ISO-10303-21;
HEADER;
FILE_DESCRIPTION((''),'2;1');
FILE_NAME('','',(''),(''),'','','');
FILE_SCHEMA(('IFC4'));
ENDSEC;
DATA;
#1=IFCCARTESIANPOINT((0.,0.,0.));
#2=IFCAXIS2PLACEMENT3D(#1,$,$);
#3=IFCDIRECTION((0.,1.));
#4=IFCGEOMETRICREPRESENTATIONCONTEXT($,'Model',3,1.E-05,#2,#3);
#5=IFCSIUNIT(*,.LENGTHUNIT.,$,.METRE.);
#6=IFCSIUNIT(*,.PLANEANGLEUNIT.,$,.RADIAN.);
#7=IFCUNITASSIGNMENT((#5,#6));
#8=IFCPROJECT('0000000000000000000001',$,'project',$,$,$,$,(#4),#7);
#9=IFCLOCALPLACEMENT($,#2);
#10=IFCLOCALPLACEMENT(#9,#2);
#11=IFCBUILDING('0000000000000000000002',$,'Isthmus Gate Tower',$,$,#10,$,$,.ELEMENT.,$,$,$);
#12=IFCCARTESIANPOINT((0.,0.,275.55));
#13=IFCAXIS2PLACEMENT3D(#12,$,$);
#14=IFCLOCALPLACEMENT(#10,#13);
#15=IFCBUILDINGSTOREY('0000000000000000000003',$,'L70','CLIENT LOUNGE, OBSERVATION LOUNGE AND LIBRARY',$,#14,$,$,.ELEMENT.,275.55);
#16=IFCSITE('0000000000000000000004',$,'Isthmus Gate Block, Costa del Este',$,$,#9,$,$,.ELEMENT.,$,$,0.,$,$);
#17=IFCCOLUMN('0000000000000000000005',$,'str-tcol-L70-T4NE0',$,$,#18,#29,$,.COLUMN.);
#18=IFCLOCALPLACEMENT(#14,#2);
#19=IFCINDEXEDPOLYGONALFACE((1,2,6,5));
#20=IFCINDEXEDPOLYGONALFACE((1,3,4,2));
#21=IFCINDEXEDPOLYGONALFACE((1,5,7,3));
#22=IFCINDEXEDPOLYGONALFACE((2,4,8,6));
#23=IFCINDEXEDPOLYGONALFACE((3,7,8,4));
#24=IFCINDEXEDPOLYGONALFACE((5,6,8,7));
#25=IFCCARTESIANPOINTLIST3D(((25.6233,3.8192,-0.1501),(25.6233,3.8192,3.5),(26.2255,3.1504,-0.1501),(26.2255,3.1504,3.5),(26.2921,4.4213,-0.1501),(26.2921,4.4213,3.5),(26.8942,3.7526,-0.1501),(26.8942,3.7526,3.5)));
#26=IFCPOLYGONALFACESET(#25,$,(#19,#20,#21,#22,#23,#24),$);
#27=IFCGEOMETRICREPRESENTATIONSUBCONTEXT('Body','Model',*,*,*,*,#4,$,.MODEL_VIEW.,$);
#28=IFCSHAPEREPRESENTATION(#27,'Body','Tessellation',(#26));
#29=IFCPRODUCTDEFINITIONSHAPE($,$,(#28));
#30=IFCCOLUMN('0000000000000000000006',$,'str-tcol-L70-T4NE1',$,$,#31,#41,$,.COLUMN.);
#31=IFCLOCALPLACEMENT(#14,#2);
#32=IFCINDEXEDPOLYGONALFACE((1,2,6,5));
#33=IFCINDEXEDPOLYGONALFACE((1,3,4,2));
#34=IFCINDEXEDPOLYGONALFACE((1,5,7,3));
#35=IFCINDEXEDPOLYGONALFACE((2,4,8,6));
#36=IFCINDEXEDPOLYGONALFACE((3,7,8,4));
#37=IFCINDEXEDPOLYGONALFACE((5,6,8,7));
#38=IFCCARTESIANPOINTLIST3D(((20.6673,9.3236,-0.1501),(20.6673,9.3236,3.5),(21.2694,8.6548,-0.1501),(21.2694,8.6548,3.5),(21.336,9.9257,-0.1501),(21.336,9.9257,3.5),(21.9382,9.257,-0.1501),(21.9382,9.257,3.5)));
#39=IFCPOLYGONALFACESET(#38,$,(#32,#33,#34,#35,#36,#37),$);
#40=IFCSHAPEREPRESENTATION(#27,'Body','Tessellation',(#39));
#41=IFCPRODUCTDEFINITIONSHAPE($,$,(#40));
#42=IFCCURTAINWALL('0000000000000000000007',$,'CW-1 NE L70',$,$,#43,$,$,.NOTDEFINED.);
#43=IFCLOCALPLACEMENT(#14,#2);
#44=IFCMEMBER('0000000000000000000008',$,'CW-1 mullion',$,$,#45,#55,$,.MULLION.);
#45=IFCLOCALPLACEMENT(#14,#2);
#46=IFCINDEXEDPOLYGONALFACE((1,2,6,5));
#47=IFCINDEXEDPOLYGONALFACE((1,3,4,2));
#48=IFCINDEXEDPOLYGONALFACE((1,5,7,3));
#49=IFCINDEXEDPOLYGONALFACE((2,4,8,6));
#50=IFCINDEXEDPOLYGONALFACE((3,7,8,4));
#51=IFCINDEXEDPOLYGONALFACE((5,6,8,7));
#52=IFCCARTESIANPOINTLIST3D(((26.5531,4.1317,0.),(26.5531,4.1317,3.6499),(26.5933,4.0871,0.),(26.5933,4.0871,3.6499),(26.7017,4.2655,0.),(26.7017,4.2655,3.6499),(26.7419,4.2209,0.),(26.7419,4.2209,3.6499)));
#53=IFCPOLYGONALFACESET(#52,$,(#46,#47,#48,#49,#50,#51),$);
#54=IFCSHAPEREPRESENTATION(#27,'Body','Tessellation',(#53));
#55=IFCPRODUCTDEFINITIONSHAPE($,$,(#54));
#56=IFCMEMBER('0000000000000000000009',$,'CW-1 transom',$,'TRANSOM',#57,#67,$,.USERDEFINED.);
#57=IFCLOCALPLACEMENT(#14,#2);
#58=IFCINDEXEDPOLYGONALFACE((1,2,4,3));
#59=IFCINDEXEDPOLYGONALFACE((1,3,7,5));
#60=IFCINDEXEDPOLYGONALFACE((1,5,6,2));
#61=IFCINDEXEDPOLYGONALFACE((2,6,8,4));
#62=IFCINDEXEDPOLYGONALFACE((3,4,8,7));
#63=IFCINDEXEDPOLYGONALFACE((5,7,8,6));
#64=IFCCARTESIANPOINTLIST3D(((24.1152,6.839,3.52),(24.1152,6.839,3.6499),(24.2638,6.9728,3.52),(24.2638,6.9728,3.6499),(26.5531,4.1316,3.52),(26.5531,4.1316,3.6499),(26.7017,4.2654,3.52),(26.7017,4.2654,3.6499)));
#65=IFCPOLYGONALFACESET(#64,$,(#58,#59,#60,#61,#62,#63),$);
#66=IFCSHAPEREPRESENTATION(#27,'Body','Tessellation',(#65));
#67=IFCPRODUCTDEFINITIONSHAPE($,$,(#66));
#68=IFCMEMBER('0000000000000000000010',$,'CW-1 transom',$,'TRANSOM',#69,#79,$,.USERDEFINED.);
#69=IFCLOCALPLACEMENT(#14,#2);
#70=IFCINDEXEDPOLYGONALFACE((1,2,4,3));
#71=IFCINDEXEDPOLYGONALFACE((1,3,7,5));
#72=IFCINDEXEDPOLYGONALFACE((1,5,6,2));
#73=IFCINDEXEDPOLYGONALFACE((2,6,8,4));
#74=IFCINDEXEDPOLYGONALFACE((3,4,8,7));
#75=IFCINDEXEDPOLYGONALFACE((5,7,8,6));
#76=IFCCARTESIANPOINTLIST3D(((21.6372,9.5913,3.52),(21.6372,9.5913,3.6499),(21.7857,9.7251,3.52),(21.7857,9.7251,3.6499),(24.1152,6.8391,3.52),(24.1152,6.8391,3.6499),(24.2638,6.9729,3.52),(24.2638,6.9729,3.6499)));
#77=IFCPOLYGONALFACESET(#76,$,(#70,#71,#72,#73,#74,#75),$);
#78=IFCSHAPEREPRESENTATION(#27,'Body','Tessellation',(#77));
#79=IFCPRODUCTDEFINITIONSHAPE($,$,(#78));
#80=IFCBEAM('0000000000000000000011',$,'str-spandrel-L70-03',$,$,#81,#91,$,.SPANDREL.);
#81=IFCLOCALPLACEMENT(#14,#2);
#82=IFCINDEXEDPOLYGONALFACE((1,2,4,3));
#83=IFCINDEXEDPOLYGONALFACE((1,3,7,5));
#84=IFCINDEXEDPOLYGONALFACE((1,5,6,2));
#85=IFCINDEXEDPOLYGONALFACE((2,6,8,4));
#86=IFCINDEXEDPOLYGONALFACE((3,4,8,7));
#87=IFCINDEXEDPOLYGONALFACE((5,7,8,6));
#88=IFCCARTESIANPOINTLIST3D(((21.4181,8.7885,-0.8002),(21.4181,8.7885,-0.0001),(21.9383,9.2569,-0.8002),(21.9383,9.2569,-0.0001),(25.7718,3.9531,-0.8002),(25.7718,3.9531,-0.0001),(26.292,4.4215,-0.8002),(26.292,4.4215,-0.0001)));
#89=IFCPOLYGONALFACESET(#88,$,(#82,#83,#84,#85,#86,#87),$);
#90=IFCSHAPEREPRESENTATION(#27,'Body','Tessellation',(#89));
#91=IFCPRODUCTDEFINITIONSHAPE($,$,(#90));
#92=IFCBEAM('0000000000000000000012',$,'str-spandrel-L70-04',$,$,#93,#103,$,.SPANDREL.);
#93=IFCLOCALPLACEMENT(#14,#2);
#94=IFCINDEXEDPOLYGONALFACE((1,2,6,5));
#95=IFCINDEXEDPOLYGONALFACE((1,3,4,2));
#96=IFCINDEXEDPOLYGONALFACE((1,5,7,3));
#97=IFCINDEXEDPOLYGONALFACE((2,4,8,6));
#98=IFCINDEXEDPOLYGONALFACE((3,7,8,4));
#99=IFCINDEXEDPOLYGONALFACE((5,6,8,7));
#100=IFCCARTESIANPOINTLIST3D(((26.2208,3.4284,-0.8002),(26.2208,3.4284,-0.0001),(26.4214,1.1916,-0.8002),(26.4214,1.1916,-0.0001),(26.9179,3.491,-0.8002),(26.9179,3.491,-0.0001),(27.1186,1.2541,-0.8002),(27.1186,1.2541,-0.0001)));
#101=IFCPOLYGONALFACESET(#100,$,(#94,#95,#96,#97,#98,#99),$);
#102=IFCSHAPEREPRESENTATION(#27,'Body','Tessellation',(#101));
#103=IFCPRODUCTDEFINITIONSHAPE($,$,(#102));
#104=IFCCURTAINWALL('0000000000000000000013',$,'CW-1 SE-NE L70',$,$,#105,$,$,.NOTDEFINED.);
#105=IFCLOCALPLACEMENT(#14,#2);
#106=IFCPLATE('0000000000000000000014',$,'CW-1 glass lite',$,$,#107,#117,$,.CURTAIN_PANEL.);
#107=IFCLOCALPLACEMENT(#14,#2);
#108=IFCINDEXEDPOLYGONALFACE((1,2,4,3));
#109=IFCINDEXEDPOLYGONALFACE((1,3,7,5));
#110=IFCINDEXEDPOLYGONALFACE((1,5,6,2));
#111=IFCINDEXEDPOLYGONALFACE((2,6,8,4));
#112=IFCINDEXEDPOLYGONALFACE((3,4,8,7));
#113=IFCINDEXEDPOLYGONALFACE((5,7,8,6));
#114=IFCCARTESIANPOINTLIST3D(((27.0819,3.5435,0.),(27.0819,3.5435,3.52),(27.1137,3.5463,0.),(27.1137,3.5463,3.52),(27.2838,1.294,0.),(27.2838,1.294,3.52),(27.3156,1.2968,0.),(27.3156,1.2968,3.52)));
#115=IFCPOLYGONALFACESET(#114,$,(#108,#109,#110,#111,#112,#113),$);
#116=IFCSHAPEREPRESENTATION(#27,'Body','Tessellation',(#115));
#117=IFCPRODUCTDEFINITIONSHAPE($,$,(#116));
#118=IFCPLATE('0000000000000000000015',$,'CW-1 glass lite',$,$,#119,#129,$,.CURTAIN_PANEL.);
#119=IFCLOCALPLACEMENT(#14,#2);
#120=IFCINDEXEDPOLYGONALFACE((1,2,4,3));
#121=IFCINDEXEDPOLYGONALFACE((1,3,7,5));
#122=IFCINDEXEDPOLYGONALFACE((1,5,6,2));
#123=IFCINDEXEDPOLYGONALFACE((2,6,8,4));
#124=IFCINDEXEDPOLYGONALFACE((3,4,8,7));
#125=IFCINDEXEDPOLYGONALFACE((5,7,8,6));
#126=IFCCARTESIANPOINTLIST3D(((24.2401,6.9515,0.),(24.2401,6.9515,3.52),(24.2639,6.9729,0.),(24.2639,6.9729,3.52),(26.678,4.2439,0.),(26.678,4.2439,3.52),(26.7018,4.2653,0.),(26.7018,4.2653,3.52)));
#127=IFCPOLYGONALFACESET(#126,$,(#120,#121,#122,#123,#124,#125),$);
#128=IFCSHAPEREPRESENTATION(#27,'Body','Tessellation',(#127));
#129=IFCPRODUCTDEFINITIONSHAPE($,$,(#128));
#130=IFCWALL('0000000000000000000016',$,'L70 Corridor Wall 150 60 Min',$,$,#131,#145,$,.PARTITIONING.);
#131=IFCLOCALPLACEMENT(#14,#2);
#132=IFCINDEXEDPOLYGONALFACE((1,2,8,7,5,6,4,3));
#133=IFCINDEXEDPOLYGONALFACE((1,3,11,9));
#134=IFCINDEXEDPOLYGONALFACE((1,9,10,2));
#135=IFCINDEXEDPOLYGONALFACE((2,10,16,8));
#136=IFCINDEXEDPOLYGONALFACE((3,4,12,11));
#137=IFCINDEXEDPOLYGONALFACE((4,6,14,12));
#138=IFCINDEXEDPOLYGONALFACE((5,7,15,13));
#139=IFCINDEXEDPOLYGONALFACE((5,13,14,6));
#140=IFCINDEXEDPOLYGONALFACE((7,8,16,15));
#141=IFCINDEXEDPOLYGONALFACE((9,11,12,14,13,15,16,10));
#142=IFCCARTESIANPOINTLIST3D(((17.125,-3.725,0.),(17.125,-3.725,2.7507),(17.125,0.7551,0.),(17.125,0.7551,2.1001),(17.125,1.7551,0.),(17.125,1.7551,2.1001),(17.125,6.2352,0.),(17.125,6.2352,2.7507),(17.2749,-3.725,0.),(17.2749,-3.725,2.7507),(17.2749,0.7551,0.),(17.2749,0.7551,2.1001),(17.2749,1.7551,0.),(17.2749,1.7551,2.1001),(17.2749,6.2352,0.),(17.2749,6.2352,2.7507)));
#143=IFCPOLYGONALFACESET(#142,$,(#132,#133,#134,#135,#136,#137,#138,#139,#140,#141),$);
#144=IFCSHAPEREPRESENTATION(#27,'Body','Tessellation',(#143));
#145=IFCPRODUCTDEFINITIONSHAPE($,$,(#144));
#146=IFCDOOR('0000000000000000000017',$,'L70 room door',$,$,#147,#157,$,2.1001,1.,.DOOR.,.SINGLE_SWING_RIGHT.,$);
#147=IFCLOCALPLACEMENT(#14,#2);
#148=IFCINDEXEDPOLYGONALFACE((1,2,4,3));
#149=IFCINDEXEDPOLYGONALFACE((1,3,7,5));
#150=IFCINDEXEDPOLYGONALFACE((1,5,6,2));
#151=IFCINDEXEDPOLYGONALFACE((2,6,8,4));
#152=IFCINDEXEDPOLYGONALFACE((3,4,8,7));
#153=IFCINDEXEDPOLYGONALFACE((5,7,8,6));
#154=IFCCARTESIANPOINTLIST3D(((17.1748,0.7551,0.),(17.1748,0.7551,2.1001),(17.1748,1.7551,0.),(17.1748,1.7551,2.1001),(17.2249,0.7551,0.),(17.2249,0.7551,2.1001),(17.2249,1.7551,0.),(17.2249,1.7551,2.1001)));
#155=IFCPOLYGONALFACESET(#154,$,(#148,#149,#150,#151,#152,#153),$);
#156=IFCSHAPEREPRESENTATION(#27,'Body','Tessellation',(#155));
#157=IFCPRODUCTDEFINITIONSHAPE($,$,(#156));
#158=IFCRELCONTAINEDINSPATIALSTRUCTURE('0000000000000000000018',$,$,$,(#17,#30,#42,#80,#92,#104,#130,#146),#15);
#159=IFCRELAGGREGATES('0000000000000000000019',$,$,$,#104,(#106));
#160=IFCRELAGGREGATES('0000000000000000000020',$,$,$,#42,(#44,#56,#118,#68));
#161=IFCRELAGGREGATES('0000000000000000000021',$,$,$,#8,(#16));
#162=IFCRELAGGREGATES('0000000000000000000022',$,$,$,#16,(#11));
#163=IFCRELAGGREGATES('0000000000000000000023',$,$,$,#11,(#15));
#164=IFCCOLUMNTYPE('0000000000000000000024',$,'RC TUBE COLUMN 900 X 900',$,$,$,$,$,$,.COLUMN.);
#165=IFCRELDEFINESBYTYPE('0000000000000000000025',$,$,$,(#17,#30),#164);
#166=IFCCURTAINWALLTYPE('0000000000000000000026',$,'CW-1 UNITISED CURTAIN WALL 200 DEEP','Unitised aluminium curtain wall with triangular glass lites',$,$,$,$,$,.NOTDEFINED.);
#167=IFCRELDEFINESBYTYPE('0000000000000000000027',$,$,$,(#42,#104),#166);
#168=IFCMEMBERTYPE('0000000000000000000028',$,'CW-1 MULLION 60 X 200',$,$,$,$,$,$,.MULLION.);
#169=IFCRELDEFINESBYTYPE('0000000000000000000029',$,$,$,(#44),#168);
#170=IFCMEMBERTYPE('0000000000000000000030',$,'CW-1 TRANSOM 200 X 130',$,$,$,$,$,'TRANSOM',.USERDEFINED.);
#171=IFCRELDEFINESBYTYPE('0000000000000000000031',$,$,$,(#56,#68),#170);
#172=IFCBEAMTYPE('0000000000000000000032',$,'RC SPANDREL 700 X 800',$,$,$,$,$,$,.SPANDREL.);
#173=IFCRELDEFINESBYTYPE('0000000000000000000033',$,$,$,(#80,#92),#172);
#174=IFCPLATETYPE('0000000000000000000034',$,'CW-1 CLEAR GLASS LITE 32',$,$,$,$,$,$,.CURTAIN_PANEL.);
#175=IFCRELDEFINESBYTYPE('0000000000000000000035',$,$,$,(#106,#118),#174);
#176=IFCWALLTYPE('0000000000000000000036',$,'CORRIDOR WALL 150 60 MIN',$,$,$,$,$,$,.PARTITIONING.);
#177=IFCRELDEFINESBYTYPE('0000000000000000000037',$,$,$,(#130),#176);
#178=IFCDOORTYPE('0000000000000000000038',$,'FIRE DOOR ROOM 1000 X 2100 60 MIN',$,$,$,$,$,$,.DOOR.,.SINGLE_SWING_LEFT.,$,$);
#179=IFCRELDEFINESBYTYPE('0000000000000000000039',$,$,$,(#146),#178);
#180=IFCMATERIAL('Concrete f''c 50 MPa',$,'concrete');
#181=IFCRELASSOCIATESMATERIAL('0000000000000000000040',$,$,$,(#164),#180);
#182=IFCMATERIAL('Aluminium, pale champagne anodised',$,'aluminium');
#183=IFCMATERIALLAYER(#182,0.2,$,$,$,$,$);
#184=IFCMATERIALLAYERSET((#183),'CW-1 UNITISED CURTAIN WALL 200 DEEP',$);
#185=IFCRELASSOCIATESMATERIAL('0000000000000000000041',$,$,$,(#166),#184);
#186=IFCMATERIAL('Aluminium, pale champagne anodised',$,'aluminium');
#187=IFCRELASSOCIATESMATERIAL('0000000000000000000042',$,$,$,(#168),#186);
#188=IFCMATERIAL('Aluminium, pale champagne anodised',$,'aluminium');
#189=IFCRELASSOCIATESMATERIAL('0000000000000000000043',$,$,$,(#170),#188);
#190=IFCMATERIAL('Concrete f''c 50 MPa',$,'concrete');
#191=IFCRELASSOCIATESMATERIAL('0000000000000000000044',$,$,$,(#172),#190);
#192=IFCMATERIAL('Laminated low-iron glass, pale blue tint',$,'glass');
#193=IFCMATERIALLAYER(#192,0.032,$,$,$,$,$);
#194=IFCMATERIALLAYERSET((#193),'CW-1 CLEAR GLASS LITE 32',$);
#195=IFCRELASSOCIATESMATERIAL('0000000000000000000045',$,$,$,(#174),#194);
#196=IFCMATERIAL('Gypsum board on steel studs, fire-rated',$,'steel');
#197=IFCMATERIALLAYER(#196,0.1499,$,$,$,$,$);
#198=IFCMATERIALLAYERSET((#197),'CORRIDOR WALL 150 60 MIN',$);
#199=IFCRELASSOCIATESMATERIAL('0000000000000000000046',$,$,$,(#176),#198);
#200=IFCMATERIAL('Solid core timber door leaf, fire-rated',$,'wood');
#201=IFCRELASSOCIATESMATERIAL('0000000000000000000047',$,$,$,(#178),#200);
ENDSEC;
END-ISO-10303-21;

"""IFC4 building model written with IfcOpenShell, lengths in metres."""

from ifc_helpers import new_model, si_unit, direction, frame, frame_2d, origin, origin_2d, place, context, subcontext, project, spatial, rectangle, extrude, material, layer, layer_set, material_profile, profile_set, type_object, element, fill, aggregate, save


model = new_model("IFC4")

# Units and contexts
model_context = context("Model", 3, precision=1e-05, world=origin(), true_north=direction((0.0, 1.0)))
body_context = subcontext(model_context, "Body", "Model", "MODEL_VIEW")
ifc_project = project(units=[si_unit("LENGTHUNIT", "METRE"), si_unit("PLANEANGLEUNIT", "RADIAN")], contexts=[model_context])

# Site, building, storey
site_placement = place(None, origin())
site = spatial("IfcSite", under=ifc_project, at=site_placement, Name="Isthmus Gate Block, Costa del Este", CompositionType="ELEMENT", RefElevation=0.0)
building_placement = place(site_placement, origin())
building = spatial("IfcBuilding", under=site, at=building_placement, Name="Isthmus Gate Tower", CompositionType="ELEMENT")
storey_placement = place(building_placement, frame((0.0, 0.0, 275.55)))
storey = spatial("IfcBuildingStorey", under=building, at=storey_placement, Name="L70", Description="CLIENT LOUNGE, OBSERVATION LOUNGE AND LIBRARY", CompositionType="ELEMENT", Elevation=275.55)

# Columns
ifc_material_1 = material(Name="Concrete f'c 50 MPa", Category="concrete")
ifc_material_profile_1 = material_profile(ifc_material_1, rectangle(XDim=0.8999, YDim=0.8999, at=origin_2d()), Name="RC 900X900")
ifc_profile_set_1 = profile_set([ifc_material_profile_1], Name="Concrete f'c 50 MPa")
column_type = type_object("IfcColumnType", Name="RC TUBE COLUMN 900 X 900", PredefinedType="COLUMN", material=ifc_profile_set_1)
for number, where, z_axis, x_axis, name in (
    (1, (26.2588, 3.7859, -0.1501), (0.0, 0.0, 1.0), (-0.669131, 0.743145, 0.0), "str-tcol-L70-T4NE0"),
    (2, (21.3027, 9.2903, -0.1501), (0.0, 0.0, 1.0), (-0.669131, 0.743145, 0.0), "str-tcol-L70-T4NE1"),
):
    element("IfcColumn", number, at=place(storey_placement, frame(where, z_axis=z_axis, x_axis=x_axis)), inside=storey, type_object=column_type, Name=name, PredefinedType="COLUMN", context=body_context, shape_type="SweptSolid", body=[
        extrude(rectangle(XDim=0.8999, YDim=0.8999, at=origin_2d()), origin(), (0.0, 0.0, 1.0), 3.6501),
    ])

# Curtain wall, members
ifc_material_2 = material(Name="Aluminium, pale champagne anodised", Category="aluminium")
ifc_layer_1 = layer(ifc_material_2, 0.2)
ifc_layer_set_1 = layer_set([ifc_layer_1], Name="CW-1 UNITISED CURTAIN WALL 200 DEEP")
curtain_wall_type = type_object("IfcCurtainWallType", Name="CW-1 UNITISED CURTAIN WALL 200 DEEP", Description="Unitised aluminium curtain wall with triangular glass lites", PredefinedType="NOTDEFINED", material=ifc_layer_set_1)
curtain_wall_1_placement = place(storey_placement, origin())
curtain_wall_1 = element("IfcCurtainWall", 3, at=curtain_wall_1_placement, inside=storey, type_object=curtain_wall_type, Name="CW-1 NE L70", PredefinedType="NOTDEFINED")
ifc_material_3 = material(Name="Aluminium, pale champagne anodised", Category="aluminium")
ifc_material_profile_2 = material_profile(ifc_material_3, rectangle(XDim=0.0601, YDim=0.2, at=origin_2d()), Name="60x200")
ifc_profile_set_2 = profile_set([ifc_material_profile_2], Name="Aluminium, pale champagne anodised")
member_type_1 = type_object("IfcMemberType", Name="CW-1 MULLION 60 X 200", PredefinedType="MULLION", material=ifc_profile_set_2)
member_1_placement = place(storey_placement, frame((26.6475, 4.1763, 0.0), z_axis=(0.0, 0.0, 1.0), x_axis=(-0.669131, 0.743145, 0.0)))
member_1 = element("IfcMember", 4, at=member_1_placement, type_object=member_type_1, Name="CW-1 mullion", PredefinedType="MULLION", context=body_context, shape_type="SweptSolid", body=[
    extrude(rectangle(XDim=0.0601, YDim=0.2, at=origin_2d()), origin(), (0.0, 0.0, 1.0), 3.6499),
])
ifc_material_4 = material(Name="Aluminium, pale champagne anodised", Category="aluminium")
ifc_material_profile_3 = material_profile(ifc_material_4, rectangle(XDim=0.2, YDim=0.1299, at=origin_2d()), Name="200x130")
ifc_profile_set_3 = profile_set([ifc_material_profile_3], Name="Aluminium, pale champagne anodised")
member_type_2 = type_object("IfcMemberType", Name="CW-1 TRANSOM 200 X 130", ElementType="TRANSOM", PredefinedType="USERDEFINED", material=ifc_profile_set_3)
member_2_placement = place(storey_placement, frame((26.6274, 4.1985, 3.585), z_axis=(-0.66915, 0.743128, 0.0), x_axis=(-0.743128, -0.66915, 0.0)))
member_2 = element("IfcMember", 5, at=member_2_placement, type_object=member_type_2, Name="CW-1 transom", ObjectType="TRANSOM", PredefinedType="USERDEFINED", context=body_context, shape_type="SweptSolid", body=[
    extrude(rectangle(XDim=0.2, YDim=0.1299, at=origin_2d()), origin(), (0.0, 0.0, 1.0), 3.6433),
])
member_3_placement = place(storey_placement, frame((24.1895, 6.906, 3.585), z_axis=(-0.669121, 0.743153, 0.0), x_axis=(-0.743153, -0.669121, 0.0)))
member_3 = element("IfcMember", 6, at=member_3_placement, type_object=member_type_2, Name="CW-1 transom", ObjectType="TRANSOM", PredefinedType="USERDEFINED", context=body_context, shape_type="SweptSolid", body=[
    extrude(rectangle(XDim=0.2, YDim=0.1299, at=origin_2d()), origin(), (0.0, 0.0, 1.0), 3.7034),
])

# Beams
ifc_material_5 = material(Name="Concrete f'c 50 MPa", Category="concrete")
ifc_material_profile_4 = material_profile(ifc_material_5, rectangle(XDim=0.7, YDim=0.8, at=origin_2d()), Name="RC 700X800")
ifc_profile_set_4 = profile_set([ifc_material_profile_4], Name="Concrete f'c 50 MPa")
beam_type = type_object("IfcBeamType", Name="RC SPANDREL 700 X 800", PredefinedType="SPANDREL", material=ifc_profile_set_4)
beam_1_placement = place(storey_placement, frame((21.6782, 9.0227, -0.4001), z_axis=(0.669122, -0.743152, 0.0), x_axis=(0.743152, 0.669122, 0.0)))
element("IfcBeam", 7, at=beam_1_placement, inside=storey, type_object=beam_type, Name="str-spandrel-L70-03", PredefinedType="SPANDREL", context=body_context, shape_type="SweptSolid", body=[
    extrude(rectangle(XDim=0.7, YDim=0.8, at=origin_2d()), origin(), (0.0, 0.0, 1.0), 6.5066),
])
beam_2_placement = place(storey_placement, frame((26.5693, 3.4597, -0.4001), z_axis=(0.089359, -0.995999, 0.0), x_axis=(0.995999, 0.089359, 0.0)))
element("IfcBeam", 8, at=beam_2_placement, inside=storey, type_object=beam_type, Name="str-spandrel-L70-04", PredefinedType="SPANDREL", context=body_context, shape_type="SweptSolid", body=[
    extrude(rectangle(XDim=0.7, YDim=0.8, at=origin_2d()), origin(), (0.0, 0.0, 1.0), 2.2458),
])

# Curtain wall, plate
curtain_wall_2_placement = place(storey_placement, origin())
curtain_wall_2 = element("IfcCurtainWall", 9, at=curtain_wall_2_placement, inside=storey, type_object=curtain_wall_type, Name="CW-1 SE-NE L70", PredefinedType="NOTDEFINED")
ifc_material_6 = material(Name="Laminated low-iron glass, pale blue tint", Category="glass")
ifc_layer_2 = layer(ifc_material_6, 0.032)
ifc_layer_set_2 = layer_set([ifc_layer_2], Name="CW-1 CLEAR GLASS LITE 32")
plate_type = type_object("IfcPlateType", Name="CW-1 CLEAR GLASS LITE 32", PredefinedType="CURTAIN_PANEL", material=ifc_layer_set_2)
plate_1_placement = place(storey_placement, frame((27.1987, 2.4202, 0.0), z_axis=(0.0, 0.0, 1.0), x_axis=(-0.089397, 0.995996, 0.0)))
plate_1 = element("IfcPlate", 10, at=plate_1_placement, type_object=plate_type, Name="CW-1 glass lite", PredefinedType="CURTAIN_PANEL", context=body_context, shape_type="SweptSolid", body=[
    extrude(rectangle(XDim=2.2585, YDim=0.032, at=origin_2d()), origin(), (0.0, 0.0, 1.0), 3.52),
])
aggregate(curtain_wall_2, [plate_1])

# Plate
plate_2_placement = place(storey_placement, frame((25.4709, 5.6084, 0.0), z_axis=(0.0, 0.0, 1.0), x_axis=(-0.669131, 0.743145, 0.0)))
plate_2 = element("IfcPlate", 11, at=plate_2_placement, type_object=plate_type, Name="CW-1 glass lite", PredefinedType="CURTAIN_PANEL", context=body_context, shape_type="SweptSolid", body=[
    extrude(rectangle(XDim=3.6433, YDim=0.032, at=origin_2d()), origin(), (0.0, 0.0, 1.0), 3.52),
])

# Wall, opening, door
ifc_material_7 = material(Name="Gypsum board on steel studs, fire-rated", Category="steel")
ifc_layer_3 = layer(ifc_material_7, 0.1499)
ifc_layer_set_3 = layer_set([ifc_layer_3], Name="CORRIDOR WALL 150 60 MIN")
wall_type_1 = type_object("IfcWallType", Name="CORRIDOR WALL 150 60 MIN", PredefinedType="PARTITIONING", material=ifc_layer_set_3)
wall_1_placement = place(storey_placement, frame((17.2, 6.2351, 0.0), z_axis=(0.0, 0.0, 1.0), x_axis=(0.0, -1.0, 0.0)))
wall_1 = element("IfcWall", 12, at=wall_1_placement, inside=storey, type_object=wall_type_1, Name="L70 Corridor Wall 150 60 Min", PredefinedType="PARTITIONING", context=body_context, shape_type="SweptSolid", body=[
    extrude(rectangle(XDim=9.9602, YDim=0.1499, at=frame_2d((4.98, 0.0))), origin(), (0.0, 0.0, 1.0), 2.7507),
])
opening_1_placement = place(wall_1_placement, frame((4.48, 0.0, 0.0)))
opening_1 = element("IfcOpeningElement", 13, at=opening_1_placement, cuts=wall_1, PredefinedType="OPENING", context=body_context, shape_type="SweptSolid", body=[
    extrude(rectangle(XDim=1.0, YDim=2.1001, at=frame_2d((0.5, 1.05))), frame((0.0, 0.085, 0.0), z_axis=(0.0, -1.0, 0.0), x_axis=(1.0, 0.0, 0.0)), (0.0, 0.0, 1.0), 0.1699),
])
ifc_material_8 = material(Name="Solid core timber door leaf, fire-rated", Category="wood")
door_type_1 = type_object("IfcDoorType", Name="FIRE DOOR ROOM 1000 X 2100 60 MIN", OperationType="SINGLE_SWING_LEFT", PredefinedType="DOOR", material=ifc_material_8)
door_1_placement = place(opening_1_placement, origin())
door_1 = element("IfcDoor", 14, at=door_1_placement, inside=storey, type_object=door_type_1, Name="L70 room door", OperationType="SINGLE_SWING_RIGHT", OverallHeight=2.1001, OverallWidth=1.0, PredefinedType="DOOR", context=body_context, shape_type="SweptSolid", body=[
    extrude(rectangle(XDim=1.0, YDim=2.1001, at=frame_2d((0.5, 1.05))), frame((0.0, 0.0249, 0.0), z_axis=(0.0, -1.0, 0.0), x_axis=(1.0, 0.0, 0.0)), (0.0, 0.0, 1.0), 0.05),
])
fill(opening_1, door_1)

aggregate(curtain_wall_1, [member_1, member_2, plate_2, member_3])

save(model, "model.ifc")
